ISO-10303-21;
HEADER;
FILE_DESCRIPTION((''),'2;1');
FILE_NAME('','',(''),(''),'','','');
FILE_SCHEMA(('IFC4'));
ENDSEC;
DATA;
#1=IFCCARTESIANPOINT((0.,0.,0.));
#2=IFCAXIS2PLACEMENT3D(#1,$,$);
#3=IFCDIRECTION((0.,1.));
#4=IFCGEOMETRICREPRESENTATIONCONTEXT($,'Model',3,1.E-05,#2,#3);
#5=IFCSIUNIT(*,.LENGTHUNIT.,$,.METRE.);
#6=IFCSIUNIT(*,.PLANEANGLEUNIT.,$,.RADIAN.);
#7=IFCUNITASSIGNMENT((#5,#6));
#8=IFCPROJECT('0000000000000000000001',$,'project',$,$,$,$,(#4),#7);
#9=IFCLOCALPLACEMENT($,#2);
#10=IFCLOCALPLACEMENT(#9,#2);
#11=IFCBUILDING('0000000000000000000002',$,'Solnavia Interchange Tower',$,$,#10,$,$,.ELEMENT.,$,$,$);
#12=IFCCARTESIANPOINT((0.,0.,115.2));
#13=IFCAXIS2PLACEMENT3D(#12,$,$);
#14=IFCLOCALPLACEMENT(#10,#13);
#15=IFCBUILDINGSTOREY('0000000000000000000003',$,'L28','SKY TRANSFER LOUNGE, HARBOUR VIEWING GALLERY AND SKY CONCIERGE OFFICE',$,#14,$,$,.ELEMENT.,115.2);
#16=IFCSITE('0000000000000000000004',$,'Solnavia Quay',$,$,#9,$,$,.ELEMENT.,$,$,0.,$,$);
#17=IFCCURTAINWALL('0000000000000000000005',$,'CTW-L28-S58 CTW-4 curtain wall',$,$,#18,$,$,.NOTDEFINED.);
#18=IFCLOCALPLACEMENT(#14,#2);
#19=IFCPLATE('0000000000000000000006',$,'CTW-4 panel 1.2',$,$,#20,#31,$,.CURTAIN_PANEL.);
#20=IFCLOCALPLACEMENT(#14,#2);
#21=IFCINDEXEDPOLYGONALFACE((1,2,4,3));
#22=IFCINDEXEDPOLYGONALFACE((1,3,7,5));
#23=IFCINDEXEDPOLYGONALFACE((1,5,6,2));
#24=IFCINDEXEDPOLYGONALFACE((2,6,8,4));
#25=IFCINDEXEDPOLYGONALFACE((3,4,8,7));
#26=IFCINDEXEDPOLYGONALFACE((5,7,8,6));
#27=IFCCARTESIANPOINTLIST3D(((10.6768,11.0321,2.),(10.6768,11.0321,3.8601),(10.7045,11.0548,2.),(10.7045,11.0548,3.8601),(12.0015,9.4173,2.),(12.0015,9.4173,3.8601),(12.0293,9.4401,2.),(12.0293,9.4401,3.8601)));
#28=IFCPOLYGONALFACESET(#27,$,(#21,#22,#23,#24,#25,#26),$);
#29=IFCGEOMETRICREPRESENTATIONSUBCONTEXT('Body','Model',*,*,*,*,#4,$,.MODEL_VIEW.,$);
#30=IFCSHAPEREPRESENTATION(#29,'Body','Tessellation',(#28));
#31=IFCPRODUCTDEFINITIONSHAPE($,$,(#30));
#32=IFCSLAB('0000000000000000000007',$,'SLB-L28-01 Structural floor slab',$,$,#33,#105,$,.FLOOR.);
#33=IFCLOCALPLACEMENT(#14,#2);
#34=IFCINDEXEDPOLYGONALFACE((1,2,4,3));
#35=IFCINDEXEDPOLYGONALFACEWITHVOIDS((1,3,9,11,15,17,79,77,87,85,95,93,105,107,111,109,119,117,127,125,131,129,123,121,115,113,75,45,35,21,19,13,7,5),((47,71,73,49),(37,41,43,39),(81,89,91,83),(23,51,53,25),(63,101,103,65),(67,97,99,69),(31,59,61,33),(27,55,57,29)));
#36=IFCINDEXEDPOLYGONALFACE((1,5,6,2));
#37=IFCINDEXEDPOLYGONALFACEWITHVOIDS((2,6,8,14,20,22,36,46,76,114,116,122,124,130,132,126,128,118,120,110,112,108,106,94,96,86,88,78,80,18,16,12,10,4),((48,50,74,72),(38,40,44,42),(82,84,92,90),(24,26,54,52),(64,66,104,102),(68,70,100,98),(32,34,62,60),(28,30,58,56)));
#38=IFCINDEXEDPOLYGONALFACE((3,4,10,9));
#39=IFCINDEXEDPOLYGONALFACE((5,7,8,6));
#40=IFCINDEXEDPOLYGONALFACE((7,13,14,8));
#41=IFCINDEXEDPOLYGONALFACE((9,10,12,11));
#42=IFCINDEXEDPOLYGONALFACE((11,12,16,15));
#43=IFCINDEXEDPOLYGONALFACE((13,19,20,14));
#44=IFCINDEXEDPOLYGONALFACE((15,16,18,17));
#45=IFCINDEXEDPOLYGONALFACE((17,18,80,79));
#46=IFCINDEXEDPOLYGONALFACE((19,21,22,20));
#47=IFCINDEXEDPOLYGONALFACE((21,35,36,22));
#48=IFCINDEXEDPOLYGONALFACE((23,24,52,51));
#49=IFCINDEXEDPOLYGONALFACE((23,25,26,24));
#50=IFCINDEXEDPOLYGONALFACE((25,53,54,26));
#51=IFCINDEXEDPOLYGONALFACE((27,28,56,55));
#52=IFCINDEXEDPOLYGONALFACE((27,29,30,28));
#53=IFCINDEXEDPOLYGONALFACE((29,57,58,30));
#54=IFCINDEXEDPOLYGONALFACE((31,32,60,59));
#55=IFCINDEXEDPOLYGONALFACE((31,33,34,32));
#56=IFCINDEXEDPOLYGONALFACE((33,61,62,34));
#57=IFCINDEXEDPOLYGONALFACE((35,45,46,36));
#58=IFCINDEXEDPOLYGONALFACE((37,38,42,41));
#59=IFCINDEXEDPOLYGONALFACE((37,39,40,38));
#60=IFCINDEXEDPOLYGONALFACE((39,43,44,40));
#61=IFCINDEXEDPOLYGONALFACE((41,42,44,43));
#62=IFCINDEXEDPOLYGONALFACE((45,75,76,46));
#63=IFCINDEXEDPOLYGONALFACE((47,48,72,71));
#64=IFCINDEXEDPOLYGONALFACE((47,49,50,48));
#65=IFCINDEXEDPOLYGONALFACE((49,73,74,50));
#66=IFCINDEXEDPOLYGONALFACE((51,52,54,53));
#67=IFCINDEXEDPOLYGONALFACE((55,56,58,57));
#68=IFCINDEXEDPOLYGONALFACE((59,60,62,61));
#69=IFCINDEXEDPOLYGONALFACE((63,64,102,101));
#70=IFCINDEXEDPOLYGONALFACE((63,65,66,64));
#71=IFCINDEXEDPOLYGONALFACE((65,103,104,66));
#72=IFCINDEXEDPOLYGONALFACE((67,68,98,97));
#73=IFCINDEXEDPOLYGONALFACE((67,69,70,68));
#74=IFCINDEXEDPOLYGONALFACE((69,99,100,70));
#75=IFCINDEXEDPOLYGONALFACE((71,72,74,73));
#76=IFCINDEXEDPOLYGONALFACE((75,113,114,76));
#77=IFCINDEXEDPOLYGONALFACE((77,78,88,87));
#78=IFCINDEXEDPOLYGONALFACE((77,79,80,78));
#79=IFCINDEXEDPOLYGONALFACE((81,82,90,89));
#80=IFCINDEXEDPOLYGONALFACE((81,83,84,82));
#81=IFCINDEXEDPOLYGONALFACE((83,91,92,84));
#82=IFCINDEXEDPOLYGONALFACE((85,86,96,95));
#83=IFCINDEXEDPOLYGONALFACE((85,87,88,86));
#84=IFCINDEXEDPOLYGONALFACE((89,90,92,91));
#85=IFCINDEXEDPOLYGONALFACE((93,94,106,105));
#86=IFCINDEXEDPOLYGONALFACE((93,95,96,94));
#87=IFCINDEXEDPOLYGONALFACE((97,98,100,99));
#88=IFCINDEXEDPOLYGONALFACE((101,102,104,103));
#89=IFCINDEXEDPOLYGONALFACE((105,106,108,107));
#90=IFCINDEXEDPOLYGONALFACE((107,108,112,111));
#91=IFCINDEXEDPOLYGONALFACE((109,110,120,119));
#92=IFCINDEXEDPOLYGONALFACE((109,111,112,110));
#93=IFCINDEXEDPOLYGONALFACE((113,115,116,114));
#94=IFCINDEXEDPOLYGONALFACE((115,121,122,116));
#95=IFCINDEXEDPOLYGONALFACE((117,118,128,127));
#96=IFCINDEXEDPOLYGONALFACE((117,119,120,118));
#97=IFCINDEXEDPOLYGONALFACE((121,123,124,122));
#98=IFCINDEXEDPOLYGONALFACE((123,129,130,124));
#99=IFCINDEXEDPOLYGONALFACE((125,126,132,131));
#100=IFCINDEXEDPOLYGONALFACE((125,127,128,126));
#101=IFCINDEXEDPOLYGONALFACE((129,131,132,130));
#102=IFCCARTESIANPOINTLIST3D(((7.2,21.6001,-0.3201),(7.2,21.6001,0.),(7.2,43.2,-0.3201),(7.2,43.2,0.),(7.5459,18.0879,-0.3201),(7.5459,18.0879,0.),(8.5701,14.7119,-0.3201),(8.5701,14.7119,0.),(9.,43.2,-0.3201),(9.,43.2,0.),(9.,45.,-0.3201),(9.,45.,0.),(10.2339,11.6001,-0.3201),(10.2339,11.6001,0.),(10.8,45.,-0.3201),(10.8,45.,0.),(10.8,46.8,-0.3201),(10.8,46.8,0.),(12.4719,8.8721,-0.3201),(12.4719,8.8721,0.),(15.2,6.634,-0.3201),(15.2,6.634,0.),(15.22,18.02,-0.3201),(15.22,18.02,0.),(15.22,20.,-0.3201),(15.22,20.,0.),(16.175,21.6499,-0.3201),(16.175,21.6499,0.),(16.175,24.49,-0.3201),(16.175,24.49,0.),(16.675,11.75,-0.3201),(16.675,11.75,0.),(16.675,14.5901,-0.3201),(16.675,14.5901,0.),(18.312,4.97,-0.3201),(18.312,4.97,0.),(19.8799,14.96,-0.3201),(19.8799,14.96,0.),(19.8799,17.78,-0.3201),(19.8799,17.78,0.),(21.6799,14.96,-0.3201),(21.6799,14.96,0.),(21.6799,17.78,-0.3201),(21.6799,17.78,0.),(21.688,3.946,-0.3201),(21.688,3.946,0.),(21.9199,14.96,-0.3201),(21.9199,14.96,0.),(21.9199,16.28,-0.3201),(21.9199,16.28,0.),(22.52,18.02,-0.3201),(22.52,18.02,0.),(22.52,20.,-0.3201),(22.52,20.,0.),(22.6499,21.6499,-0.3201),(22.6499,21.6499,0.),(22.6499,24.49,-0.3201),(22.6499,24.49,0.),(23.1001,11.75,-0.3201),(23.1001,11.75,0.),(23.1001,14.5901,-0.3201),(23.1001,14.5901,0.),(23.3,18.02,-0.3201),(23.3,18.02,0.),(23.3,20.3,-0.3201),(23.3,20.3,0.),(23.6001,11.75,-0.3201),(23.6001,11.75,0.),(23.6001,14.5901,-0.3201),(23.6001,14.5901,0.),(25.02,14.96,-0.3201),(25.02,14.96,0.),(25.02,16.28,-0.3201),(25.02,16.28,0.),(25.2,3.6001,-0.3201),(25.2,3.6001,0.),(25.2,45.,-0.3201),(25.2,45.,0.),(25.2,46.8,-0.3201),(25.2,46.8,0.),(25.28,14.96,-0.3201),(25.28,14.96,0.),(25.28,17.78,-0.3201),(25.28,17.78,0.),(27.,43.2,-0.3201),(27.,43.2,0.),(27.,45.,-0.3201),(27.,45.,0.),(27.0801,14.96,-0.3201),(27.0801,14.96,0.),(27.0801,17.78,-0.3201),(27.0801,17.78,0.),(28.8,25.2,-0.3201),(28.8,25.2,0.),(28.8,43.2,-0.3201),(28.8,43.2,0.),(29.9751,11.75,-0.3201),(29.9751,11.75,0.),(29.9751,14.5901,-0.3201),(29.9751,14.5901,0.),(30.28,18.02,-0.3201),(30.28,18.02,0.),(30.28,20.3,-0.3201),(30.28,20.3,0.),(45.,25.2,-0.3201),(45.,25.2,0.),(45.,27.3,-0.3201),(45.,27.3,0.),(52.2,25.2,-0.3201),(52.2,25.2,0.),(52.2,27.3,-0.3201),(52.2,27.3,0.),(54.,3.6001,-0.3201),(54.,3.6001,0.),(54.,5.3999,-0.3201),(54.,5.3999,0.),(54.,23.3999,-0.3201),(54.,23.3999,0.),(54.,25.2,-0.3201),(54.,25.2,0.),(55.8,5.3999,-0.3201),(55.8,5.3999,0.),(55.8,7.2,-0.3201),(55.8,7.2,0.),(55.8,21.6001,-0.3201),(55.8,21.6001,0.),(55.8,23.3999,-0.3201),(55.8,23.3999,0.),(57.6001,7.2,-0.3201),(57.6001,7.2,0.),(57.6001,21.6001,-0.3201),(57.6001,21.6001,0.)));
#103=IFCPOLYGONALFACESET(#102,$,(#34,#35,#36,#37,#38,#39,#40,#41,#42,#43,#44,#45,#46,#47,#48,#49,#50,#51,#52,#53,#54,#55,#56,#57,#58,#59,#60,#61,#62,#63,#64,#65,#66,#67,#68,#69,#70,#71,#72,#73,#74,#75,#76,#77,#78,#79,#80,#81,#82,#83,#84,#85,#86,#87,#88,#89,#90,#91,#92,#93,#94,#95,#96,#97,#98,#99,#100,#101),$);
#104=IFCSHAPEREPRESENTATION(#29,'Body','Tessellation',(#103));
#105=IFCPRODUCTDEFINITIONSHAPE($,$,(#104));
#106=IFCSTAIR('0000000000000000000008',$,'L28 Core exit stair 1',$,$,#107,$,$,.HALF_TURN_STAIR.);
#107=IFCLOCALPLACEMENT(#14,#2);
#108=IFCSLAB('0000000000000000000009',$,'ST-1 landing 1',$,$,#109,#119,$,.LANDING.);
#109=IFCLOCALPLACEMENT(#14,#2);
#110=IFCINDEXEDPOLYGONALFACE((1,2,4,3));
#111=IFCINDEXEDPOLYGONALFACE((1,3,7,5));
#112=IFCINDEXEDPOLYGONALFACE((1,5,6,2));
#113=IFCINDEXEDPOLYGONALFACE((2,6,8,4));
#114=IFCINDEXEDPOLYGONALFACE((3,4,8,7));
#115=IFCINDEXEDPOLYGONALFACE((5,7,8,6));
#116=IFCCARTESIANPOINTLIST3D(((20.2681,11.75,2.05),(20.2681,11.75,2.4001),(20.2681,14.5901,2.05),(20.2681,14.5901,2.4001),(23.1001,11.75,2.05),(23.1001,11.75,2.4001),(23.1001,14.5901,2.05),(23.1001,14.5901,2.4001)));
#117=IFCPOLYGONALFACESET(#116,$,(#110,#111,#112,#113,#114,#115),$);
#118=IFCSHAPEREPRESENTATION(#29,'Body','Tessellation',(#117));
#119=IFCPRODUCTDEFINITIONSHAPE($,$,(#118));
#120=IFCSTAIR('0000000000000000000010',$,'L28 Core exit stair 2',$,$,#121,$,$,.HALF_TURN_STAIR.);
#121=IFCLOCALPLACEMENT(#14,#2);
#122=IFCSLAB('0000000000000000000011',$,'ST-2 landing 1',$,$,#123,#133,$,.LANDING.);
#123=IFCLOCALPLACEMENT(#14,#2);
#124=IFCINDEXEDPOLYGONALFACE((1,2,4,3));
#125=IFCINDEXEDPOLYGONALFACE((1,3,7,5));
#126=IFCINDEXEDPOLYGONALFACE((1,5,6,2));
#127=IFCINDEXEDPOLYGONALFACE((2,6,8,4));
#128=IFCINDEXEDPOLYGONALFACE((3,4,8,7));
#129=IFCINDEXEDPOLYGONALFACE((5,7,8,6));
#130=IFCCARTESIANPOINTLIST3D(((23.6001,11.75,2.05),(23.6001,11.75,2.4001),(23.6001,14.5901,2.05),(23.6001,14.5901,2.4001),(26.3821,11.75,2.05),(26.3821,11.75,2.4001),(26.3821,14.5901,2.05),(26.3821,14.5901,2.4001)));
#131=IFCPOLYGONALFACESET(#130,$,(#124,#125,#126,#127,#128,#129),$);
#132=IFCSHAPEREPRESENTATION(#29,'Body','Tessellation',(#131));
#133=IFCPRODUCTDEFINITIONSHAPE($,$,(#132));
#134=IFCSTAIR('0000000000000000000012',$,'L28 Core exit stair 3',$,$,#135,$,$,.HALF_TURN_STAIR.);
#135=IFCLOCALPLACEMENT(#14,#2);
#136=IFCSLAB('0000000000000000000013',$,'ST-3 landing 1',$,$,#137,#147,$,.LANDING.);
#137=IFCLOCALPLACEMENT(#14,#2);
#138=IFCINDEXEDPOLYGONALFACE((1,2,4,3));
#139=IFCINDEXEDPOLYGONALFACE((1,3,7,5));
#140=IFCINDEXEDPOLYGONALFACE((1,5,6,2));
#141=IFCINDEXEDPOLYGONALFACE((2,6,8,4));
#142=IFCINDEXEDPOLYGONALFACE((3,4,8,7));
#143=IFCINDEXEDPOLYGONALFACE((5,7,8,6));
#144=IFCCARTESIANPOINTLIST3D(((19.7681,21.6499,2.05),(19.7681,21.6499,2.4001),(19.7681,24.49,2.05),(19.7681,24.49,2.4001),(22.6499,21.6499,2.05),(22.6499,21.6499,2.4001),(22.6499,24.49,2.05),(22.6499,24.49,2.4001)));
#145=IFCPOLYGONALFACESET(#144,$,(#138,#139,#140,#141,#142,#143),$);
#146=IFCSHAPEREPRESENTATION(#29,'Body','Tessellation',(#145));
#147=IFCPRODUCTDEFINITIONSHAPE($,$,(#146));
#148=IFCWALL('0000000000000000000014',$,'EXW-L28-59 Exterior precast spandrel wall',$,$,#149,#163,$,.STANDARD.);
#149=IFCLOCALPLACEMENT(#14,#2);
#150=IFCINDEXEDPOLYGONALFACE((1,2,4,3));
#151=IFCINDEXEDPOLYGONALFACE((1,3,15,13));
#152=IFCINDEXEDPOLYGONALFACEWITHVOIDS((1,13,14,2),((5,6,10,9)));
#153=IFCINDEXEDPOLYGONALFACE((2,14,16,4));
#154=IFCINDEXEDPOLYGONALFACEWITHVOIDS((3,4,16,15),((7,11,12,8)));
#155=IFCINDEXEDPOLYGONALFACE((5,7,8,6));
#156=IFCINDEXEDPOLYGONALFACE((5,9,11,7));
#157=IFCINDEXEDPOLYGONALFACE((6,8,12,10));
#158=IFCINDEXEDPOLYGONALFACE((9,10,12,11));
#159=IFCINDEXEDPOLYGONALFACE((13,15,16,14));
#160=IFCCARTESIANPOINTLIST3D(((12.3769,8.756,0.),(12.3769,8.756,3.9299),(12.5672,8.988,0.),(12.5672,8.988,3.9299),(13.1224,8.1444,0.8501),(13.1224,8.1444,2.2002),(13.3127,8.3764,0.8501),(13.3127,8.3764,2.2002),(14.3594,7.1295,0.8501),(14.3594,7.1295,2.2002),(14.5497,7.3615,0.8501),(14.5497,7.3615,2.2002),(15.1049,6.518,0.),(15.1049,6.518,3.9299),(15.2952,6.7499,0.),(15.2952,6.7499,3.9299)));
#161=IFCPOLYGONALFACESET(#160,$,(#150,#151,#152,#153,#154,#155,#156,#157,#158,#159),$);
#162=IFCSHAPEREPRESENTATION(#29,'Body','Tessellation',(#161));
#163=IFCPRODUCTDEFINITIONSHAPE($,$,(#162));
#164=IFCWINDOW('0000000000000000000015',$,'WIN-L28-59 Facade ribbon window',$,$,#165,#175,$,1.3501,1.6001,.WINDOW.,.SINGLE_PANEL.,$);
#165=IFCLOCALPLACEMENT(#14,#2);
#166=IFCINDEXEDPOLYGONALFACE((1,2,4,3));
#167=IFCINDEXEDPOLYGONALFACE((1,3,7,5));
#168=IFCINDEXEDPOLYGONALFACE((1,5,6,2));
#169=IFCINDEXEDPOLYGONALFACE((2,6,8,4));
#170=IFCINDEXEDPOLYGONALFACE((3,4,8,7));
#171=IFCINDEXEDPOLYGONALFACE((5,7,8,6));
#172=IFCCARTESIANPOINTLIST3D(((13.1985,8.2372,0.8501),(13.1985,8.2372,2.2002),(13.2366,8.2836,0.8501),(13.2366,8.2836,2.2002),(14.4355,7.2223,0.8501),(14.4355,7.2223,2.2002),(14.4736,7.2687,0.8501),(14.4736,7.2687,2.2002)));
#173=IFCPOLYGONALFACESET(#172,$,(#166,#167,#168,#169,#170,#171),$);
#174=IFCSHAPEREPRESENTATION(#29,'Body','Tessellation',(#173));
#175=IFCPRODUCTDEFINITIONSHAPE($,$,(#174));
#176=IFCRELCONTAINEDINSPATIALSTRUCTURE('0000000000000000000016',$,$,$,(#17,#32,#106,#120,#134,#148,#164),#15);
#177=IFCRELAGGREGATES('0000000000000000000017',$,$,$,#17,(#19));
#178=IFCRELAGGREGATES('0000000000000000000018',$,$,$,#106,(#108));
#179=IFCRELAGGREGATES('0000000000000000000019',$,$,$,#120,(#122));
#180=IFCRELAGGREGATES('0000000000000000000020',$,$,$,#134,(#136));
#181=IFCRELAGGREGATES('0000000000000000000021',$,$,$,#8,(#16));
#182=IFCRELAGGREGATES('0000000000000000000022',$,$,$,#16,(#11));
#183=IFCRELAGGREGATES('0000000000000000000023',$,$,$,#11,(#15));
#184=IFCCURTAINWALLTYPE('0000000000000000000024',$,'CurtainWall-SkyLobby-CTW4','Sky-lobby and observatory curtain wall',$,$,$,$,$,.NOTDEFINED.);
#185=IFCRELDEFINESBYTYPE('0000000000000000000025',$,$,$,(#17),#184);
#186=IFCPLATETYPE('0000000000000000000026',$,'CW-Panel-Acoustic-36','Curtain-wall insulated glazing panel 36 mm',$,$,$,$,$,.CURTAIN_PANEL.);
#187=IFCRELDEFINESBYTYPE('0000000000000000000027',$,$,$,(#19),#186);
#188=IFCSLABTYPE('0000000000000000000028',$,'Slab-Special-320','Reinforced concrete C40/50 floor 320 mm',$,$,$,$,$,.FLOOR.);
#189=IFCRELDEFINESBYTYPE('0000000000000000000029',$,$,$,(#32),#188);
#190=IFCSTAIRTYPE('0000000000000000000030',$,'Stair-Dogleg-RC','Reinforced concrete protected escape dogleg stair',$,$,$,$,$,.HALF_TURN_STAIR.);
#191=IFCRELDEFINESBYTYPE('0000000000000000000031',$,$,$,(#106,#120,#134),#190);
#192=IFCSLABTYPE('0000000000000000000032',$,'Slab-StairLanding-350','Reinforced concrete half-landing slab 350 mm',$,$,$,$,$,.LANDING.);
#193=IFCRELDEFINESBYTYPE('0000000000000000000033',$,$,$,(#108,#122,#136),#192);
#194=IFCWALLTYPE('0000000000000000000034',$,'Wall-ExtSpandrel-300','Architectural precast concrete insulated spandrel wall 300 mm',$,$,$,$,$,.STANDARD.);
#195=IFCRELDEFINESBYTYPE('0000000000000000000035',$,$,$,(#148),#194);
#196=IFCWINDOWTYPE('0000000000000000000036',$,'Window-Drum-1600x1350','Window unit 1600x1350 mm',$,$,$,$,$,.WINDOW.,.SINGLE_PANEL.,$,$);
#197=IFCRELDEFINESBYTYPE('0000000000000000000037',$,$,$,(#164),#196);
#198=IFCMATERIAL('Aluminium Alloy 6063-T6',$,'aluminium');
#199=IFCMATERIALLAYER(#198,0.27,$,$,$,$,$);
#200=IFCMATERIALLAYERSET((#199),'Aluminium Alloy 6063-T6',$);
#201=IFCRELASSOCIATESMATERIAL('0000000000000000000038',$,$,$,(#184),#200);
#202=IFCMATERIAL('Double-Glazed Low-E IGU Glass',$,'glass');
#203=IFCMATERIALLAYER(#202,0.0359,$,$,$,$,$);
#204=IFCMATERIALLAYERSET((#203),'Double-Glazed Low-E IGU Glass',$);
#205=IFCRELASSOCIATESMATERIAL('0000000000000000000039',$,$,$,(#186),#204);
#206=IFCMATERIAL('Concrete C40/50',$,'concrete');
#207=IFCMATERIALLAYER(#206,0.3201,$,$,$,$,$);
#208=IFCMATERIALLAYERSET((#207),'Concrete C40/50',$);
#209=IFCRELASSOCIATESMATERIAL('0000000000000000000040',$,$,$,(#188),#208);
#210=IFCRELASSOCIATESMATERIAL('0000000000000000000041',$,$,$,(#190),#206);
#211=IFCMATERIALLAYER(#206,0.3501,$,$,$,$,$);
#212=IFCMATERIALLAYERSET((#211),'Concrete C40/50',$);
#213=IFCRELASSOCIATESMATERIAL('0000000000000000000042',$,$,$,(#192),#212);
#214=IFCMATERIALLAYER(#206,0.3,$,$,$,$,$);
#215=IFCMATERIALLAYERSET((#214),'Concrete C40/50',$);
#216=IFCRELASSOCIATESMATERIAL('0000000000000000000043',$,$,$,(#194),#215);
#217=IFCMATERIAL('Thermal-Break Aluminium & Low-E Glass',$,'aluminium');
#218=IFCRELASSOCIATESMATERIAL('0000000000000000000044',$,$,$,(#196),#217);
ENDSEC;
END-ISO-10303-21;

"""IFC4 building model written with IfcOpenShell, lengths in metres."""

from ifc_helpers import new_model, si_unit, direction, frame, frame_2d, origin, origin_2d, place, context, subcontext, project, spatial, polyline, rectangle, outline, extrude, material, layer, layer_set, type_object, element, fill, aggregate, save


model = new_model("IFC4")

# Units and contexts
model_context = context("Model", 3, precision=1e-05, world=origin(), true_north=direction((0.0, 1.0)))
body_context = subcontext(model_context, "Body", "Model", "MODEL_VIEW")
ifc_project = project(units=[si_unit("LENGTHUNIT", "METRE"), si_unit("PLANEANGLEUNIT", "RADIAN")], contexts=[model_context])

# Site, building, storey
site_placement = place(None, origin())
site = spatial("IfcSite", under=ifc_project, at=site_placement, Name="Solnavia Quay", CompositionType="ELEMENT", RefElevation=0.0)
building_placement = place(site_placement, origin())
building = spatial("IfcBuilding", under=site, at=building_placement, Name="Solnavia Interchange Tower", CompositionType="ELEMENT")
storey_placement = place(building_placement, frame((0.0, 0.0, 115.2)))
storey = spatial("IfcBuildingStorey", under=building, at=storey_placement, Name="L28", Description="SKY TRANSFER LOUNGE, HARBOUR VIEWING GALLERY AND SKY CONCIERGE OFFICE", CompositionType="ELEMENT", Elevation=115.2)

# Curtain wall, plate
ifc_material_1 = material(Name="Aluminium Alloy 6063-T6", Category="aluminium")
ifc_layer_1 = layer(ifc_material_1, 0.27)
ifc_layer_set_1 = layer_set([ifc_layer_1], Name="Aluminium Alloy 6063-T6")
curtain_wall_type = type_object("IfcCurtainWallType", Name="CurtainWall-SkyLobby-CTW4", Description="Sky-lobby and observatory curtain wall", PredefinedType="NOTDEFINED", material=ifc_layer_set_1)
curtain_wall_placement = place(storey_placement, origin())
curtain_wall = element("IfcCurtainWall", 1, at=curtain_wall_placement, inside=storey, type_object=curtain_wall_type, Name="CTW-L28-S58 CTW-4 curtain wall", PredefinedType="NOTDEFINED")
ifc_material_2 = material(Name="Double-Glazed Low-E IGU Glass", Category="glass")
ifc_layer_2 = layer(ifc_material_2, 0.0359)
ifc_layer_set_2 = layer_set([ifc_layer_2], Name="Double-Glazed Low-E IGU Glass")
plate_type = type_object("IfcPlateType", Name="CW-Panel-Acoustic-36", Description="Curtain-wall insulated glazing panel 36 mm", PredefinedType="CURTAIN_PANEL", material=ifc_layer_set_2)
plate_1_placement = place(storey_placement, frame((11.353, 10.2361, 2.0), z_axis=(0.0, 0.0, 1.0), x_axis=(0.634269, -0.773113, 0.0)))
plate_1 = element("IfcPlate", 2, at=plate_1_placement, type_object=plate_type, Name="CTW-4 panel 1.2", PredefinedType="CURTAIN_PANEL", context=body_context, shape_type="SweptSolid", body=[
    extrude(rectangle(XDim=2.0886, YDim=0.0359, at=origin_2d()), origin(), (0.0, 0.0, 1.0), 1.8601),
])
aggregate(curtain_wall, [plate_1])

# Slab
ifc_material_3 = material(Name="Concrete C40/50", Category="concrete")
ifc_layer_3 = layer(ifc_material_3, 0.3201)
ifc_layer_set_3 = layer_set([ifc_layer_3], Name="Concrete C40/50")
slab_type_1 = type_object("IfcSlabType", Name="Slab-Special-320", Description="Reinforced concrete C40/50 floor 320 mm", PredefinedType="FLOOR", material=ifc_layer_set_3)
slab_1_placement = place(storey_placement, frame((0.0, 0.0, -0.3201)))
element("IfcSlab", 3, at=slab_1_placement, inside=storey, type_object=slab_type_1, Name="SLB-L28-01 Structural floor slab", PredefinedType="FLOOR", context=body_context, shape_type="SweptSolid", body=[
    extrude(outline(polyline([(25.2, 3.6001), (54.0, 3.6001), (54.0, 5.3999), (55.8, 5.3999), (55.8, 7.2), (57.6001, 7.2), (57.6001, 21.6001), (55.8, 21.6001), (55.8, 23.3999), (54.0, 23.3999), (54.0, 25.2), (52.2, 25.2), (52.2, 27.3), (45.0, 27.3), (45.0, 25.2), (28.8, 25.2), (28.8, 43.2), (27.0, 43.2), (27.0, 45.0), (25.2, 45.0), (25.2, 46.8), (10.8, 46.8), (10.8, 45.0), (9.0, 45.0), (9.0, 43.2), (7.2, 43.2), (7.2, 21.6001), (7.5459, 18.0879), (8.5701, 14.7119), (10.2339, 11.6001), (12.4719, 8.8721), (15.2, 6.634), (18.312, 4.97), (21.688, 3.946), (25.2, 3.6001)]), holes=[polyline([(16.675, 11.75), (23.1001, 11.75), (23.1001, 14.5901), (16.675, 14.5901), (16.675, 11.75)]), polyline([(23.6001, 11.75), (29.9751, 11.75), (29.9751, 14.5901), (23.6001, 14.5901), (23.6001, 11.75)]), polyline([(16.175, 21.6499), (22.6499, 21.6499), (22.6499, 24.49), (16.175, 24.49), (16.175, 21.6499)]), polyline([(19.8799, 14.96), (21.6799, 14.96), (21.6799, 17.78), (19.8799, 17.78), (19.8799, 14.96)]), polyline([(25.28, 14.96), (27.0801, 14.96), (27.0801, 17.78), (25.28, 17.78), (25.28, 14.96)]), polyline([(21.9199, 14.96), (25.02, 14.96), (25.02, 16.28), (21.9199, 16.28), (21.9199, 14.96)]), polyline([(15.22, 18.02), (22.52, 18.02), (22.52, 20.0), (15.22, 20.0), (15.22, 18.02)]), polyline([(23.3, 18.02), (30.28, 18.02), (30.28, 20.3), (23.3, 20.3), (23.3, 18.02)])]), origin(), (0.0, 0.0, 1.0), 0.3201),
])

# Stairs, slabs
stair_type = type_object("IfcStairType", Name="Stair-Dogleg-RC", Description="Reinforced concrete protected escape dogleg stair", PredefinedType="HALF_TURN_STAIR", material=ifc_material_3)
stair_1_placement = place(storey_placement, origin())
stair_1 = element("IfcStair", 4, at=stair_1_placement, inside=storey, type_object=stair_type, Name="L28 Core exit stair 1", PredefinedType="HALF_TURN_STAIR")
ifc_layer_4 = layer(ifc_material_3, 0.3501)
ifc_layer_set_4 = layer_set([ifc_layer_4], Name="Concrete C40/50")
slab_type_2 = type_object("IfcSlabType", Name="Slab-StairLanding-350", Description="Reinforced concrete half-landing slab 350 mm", PredefinedType="LANDING", material=ifc_layer_set_4)
slab_2_placement = place(storey_placement, frame((0.0, 0.0, 2.05)))
slab_2 = element("IfcSlab", 5, at=slab_2_placement, type_object=slab_type_2, Name="ST-1 landing 1", PredefinedType="LANDING", context=body_context, shape_type="SweptSolid", body=[
    extrude(outline(polyline([(20.2681, 11.75), (23.1001, 11.75), (23.1001, 14.5901), (20.2681, 14.5901), (20.2681, 11.75)])), origin(), (0.0, 0.0, 1.0), 0.3501),
])
aggregate(stair_1, [slab_2])
stair_2_placement = place(storey_placement, origin())
stair_2 = element("IfcStair", 6, at=stair_2_placement, inside=storey, type_object=stair_type, Name="L28 Core exit stair 2", PredefinedType="HALF_TURN_STAIR")
slab_3_placement = place(storey_placement, frame((0.0, 0.0, 2.05)))
slab_3 = element("IfcSlab", 7, at=slab_3_placement, type_object=slab_type_2, Name="ST-2 landing 1", PredefinedType="LANDING", context=body_context, shape_type="SweptSolid", body=[
    extrude(outline(polyline([(23.6001, 11.75), (26.3821, 11.75), (26.3821, 14.5901), (23.6001, 14.5901), (23.6001, 11.75)])), origin(), (0.0, 0.0, 1.0), 0.3501),
])
aggregate(stair_2, [slab_3])
stair_3_placement = place(storey_placement, origin())
stair_3 = element("IfcStair", 8, at=stair_3_placement, inside=storey, type_object=stair_type, Name="L28 Core exit stair 3", PredefinedType="HALF_TURN_STAIR")
slab_4_placement = place(storey_placement, frame((0.0, 0.0, 2.05)))
slab_4 = element("IfcSlab", 9, at=slab_4_placement, type_object=slab_type_2, Name="ST-3 landing 1", PredefinedType="LANDING", context=body_context, shape_type="SweptSolid", body=[
    extrude(outline(polyline([(19.7681, 21.6499), (22.6499, 21.6499), (22.6499, 24.49), (19.7681, 24.49), (19.7681, 21.6499)])), origin(), (0.0, 0.0, 1.0), 0.3501),
])
aggregate(stair_3, [slab_4])

# Wall, opening, window
ifc_layer_5 = layer(ifc_material_3, 0.3)
ifc_layer_set_5 = layer_set([ifc_layer_5], Name="Concrete C40/50")
wall_type_1 = type_object("IfcWallType", Name="Wall-ExtSpandrel-300", Description="Architectural precast concrete insulated spandrel wall 300 mm", PredefinedType="STANDARD", material=ifc_layer_set_5)
wall_1_placement = place(storey_placement, frame((15.2, 6.634, 0.0), z_axis=(0.0, 0.0, 1.0), x_axis=(-0.773121, 0.634258, 0.0)))
wall_1 = element("IfcWall", 10, at=wall_1_placement, inside=storey, type_object=wall_type_1, Name="EXW-L28-59 Exterior precast spandrel wall", PredefinedType="STANDARD", context=body_context, shape_type="SweptSolid", body=[
    extrude(rectangle(XDim=3.5286, YDim=0.3, at=frame_2d((1.7642, 0.0))), origin(), (0.0, 0.0, 1.0), 3.9299),
])
opening_1_placement = place(wall_1_placement, frame((0.9641, 0.0, 0.8501)))
opening_1 = element("IfcOpeningElement", 11, at=opening_1_placement, cuts=wall_1, PredefinedType="OPENING", context=body_context, shape_type="SweptSolid", body=[
    extrude(rectangle(XDim=1.6001, YDim=1.3501, at=frame_2d((0.8, 0.675))), frame((0.0, 0.1602, 0.0), z_axis=(0.0, -1.0, 0.0), x_axis=(1.0, 0.0, 0.0)), (0.0, 0.0, 1.0), 0.3201),
])
ifc_material_4 = material(Name="Thermal-Break Aluminium & Low-E Glass", Category="aluminium")
window_type = type_object("IfcWindowType", Name="Window-Drum-1600x1350", Description="Window unit 1600x1350 mm", PartitioningType="SINGLE_PANEL", PredefinedType="WINDOW", material=ifc_material_4)
window_placement = place(opening_1_placement, origin())
window = element("IfcWindow", 12, at=window_placement, inside=storey, type_object=window_type, Name="WIN-L28-59 Facade ribbon window", OverallHeight=1.3501, OverallWidth=1.6001, PartitioningType="SINGLE_PANEL", PredefinedType="WINDOW", context=body_context, shape_type="SweptSolid", body=[
    extrude(rectangle(XDim=1.6001, YDim=1.3501, at=frame_2d((0.8, 0.675))), frame((0.0, 0.03, 0.0), z_axis=(0.0, -1.0, 0.0), x_axis=(1.0, 0.0, 0.0)), (0.0, 0.0, 1.0), 0.0601),
])
fill(opening_1, window)

save(model, "model.ifc")
